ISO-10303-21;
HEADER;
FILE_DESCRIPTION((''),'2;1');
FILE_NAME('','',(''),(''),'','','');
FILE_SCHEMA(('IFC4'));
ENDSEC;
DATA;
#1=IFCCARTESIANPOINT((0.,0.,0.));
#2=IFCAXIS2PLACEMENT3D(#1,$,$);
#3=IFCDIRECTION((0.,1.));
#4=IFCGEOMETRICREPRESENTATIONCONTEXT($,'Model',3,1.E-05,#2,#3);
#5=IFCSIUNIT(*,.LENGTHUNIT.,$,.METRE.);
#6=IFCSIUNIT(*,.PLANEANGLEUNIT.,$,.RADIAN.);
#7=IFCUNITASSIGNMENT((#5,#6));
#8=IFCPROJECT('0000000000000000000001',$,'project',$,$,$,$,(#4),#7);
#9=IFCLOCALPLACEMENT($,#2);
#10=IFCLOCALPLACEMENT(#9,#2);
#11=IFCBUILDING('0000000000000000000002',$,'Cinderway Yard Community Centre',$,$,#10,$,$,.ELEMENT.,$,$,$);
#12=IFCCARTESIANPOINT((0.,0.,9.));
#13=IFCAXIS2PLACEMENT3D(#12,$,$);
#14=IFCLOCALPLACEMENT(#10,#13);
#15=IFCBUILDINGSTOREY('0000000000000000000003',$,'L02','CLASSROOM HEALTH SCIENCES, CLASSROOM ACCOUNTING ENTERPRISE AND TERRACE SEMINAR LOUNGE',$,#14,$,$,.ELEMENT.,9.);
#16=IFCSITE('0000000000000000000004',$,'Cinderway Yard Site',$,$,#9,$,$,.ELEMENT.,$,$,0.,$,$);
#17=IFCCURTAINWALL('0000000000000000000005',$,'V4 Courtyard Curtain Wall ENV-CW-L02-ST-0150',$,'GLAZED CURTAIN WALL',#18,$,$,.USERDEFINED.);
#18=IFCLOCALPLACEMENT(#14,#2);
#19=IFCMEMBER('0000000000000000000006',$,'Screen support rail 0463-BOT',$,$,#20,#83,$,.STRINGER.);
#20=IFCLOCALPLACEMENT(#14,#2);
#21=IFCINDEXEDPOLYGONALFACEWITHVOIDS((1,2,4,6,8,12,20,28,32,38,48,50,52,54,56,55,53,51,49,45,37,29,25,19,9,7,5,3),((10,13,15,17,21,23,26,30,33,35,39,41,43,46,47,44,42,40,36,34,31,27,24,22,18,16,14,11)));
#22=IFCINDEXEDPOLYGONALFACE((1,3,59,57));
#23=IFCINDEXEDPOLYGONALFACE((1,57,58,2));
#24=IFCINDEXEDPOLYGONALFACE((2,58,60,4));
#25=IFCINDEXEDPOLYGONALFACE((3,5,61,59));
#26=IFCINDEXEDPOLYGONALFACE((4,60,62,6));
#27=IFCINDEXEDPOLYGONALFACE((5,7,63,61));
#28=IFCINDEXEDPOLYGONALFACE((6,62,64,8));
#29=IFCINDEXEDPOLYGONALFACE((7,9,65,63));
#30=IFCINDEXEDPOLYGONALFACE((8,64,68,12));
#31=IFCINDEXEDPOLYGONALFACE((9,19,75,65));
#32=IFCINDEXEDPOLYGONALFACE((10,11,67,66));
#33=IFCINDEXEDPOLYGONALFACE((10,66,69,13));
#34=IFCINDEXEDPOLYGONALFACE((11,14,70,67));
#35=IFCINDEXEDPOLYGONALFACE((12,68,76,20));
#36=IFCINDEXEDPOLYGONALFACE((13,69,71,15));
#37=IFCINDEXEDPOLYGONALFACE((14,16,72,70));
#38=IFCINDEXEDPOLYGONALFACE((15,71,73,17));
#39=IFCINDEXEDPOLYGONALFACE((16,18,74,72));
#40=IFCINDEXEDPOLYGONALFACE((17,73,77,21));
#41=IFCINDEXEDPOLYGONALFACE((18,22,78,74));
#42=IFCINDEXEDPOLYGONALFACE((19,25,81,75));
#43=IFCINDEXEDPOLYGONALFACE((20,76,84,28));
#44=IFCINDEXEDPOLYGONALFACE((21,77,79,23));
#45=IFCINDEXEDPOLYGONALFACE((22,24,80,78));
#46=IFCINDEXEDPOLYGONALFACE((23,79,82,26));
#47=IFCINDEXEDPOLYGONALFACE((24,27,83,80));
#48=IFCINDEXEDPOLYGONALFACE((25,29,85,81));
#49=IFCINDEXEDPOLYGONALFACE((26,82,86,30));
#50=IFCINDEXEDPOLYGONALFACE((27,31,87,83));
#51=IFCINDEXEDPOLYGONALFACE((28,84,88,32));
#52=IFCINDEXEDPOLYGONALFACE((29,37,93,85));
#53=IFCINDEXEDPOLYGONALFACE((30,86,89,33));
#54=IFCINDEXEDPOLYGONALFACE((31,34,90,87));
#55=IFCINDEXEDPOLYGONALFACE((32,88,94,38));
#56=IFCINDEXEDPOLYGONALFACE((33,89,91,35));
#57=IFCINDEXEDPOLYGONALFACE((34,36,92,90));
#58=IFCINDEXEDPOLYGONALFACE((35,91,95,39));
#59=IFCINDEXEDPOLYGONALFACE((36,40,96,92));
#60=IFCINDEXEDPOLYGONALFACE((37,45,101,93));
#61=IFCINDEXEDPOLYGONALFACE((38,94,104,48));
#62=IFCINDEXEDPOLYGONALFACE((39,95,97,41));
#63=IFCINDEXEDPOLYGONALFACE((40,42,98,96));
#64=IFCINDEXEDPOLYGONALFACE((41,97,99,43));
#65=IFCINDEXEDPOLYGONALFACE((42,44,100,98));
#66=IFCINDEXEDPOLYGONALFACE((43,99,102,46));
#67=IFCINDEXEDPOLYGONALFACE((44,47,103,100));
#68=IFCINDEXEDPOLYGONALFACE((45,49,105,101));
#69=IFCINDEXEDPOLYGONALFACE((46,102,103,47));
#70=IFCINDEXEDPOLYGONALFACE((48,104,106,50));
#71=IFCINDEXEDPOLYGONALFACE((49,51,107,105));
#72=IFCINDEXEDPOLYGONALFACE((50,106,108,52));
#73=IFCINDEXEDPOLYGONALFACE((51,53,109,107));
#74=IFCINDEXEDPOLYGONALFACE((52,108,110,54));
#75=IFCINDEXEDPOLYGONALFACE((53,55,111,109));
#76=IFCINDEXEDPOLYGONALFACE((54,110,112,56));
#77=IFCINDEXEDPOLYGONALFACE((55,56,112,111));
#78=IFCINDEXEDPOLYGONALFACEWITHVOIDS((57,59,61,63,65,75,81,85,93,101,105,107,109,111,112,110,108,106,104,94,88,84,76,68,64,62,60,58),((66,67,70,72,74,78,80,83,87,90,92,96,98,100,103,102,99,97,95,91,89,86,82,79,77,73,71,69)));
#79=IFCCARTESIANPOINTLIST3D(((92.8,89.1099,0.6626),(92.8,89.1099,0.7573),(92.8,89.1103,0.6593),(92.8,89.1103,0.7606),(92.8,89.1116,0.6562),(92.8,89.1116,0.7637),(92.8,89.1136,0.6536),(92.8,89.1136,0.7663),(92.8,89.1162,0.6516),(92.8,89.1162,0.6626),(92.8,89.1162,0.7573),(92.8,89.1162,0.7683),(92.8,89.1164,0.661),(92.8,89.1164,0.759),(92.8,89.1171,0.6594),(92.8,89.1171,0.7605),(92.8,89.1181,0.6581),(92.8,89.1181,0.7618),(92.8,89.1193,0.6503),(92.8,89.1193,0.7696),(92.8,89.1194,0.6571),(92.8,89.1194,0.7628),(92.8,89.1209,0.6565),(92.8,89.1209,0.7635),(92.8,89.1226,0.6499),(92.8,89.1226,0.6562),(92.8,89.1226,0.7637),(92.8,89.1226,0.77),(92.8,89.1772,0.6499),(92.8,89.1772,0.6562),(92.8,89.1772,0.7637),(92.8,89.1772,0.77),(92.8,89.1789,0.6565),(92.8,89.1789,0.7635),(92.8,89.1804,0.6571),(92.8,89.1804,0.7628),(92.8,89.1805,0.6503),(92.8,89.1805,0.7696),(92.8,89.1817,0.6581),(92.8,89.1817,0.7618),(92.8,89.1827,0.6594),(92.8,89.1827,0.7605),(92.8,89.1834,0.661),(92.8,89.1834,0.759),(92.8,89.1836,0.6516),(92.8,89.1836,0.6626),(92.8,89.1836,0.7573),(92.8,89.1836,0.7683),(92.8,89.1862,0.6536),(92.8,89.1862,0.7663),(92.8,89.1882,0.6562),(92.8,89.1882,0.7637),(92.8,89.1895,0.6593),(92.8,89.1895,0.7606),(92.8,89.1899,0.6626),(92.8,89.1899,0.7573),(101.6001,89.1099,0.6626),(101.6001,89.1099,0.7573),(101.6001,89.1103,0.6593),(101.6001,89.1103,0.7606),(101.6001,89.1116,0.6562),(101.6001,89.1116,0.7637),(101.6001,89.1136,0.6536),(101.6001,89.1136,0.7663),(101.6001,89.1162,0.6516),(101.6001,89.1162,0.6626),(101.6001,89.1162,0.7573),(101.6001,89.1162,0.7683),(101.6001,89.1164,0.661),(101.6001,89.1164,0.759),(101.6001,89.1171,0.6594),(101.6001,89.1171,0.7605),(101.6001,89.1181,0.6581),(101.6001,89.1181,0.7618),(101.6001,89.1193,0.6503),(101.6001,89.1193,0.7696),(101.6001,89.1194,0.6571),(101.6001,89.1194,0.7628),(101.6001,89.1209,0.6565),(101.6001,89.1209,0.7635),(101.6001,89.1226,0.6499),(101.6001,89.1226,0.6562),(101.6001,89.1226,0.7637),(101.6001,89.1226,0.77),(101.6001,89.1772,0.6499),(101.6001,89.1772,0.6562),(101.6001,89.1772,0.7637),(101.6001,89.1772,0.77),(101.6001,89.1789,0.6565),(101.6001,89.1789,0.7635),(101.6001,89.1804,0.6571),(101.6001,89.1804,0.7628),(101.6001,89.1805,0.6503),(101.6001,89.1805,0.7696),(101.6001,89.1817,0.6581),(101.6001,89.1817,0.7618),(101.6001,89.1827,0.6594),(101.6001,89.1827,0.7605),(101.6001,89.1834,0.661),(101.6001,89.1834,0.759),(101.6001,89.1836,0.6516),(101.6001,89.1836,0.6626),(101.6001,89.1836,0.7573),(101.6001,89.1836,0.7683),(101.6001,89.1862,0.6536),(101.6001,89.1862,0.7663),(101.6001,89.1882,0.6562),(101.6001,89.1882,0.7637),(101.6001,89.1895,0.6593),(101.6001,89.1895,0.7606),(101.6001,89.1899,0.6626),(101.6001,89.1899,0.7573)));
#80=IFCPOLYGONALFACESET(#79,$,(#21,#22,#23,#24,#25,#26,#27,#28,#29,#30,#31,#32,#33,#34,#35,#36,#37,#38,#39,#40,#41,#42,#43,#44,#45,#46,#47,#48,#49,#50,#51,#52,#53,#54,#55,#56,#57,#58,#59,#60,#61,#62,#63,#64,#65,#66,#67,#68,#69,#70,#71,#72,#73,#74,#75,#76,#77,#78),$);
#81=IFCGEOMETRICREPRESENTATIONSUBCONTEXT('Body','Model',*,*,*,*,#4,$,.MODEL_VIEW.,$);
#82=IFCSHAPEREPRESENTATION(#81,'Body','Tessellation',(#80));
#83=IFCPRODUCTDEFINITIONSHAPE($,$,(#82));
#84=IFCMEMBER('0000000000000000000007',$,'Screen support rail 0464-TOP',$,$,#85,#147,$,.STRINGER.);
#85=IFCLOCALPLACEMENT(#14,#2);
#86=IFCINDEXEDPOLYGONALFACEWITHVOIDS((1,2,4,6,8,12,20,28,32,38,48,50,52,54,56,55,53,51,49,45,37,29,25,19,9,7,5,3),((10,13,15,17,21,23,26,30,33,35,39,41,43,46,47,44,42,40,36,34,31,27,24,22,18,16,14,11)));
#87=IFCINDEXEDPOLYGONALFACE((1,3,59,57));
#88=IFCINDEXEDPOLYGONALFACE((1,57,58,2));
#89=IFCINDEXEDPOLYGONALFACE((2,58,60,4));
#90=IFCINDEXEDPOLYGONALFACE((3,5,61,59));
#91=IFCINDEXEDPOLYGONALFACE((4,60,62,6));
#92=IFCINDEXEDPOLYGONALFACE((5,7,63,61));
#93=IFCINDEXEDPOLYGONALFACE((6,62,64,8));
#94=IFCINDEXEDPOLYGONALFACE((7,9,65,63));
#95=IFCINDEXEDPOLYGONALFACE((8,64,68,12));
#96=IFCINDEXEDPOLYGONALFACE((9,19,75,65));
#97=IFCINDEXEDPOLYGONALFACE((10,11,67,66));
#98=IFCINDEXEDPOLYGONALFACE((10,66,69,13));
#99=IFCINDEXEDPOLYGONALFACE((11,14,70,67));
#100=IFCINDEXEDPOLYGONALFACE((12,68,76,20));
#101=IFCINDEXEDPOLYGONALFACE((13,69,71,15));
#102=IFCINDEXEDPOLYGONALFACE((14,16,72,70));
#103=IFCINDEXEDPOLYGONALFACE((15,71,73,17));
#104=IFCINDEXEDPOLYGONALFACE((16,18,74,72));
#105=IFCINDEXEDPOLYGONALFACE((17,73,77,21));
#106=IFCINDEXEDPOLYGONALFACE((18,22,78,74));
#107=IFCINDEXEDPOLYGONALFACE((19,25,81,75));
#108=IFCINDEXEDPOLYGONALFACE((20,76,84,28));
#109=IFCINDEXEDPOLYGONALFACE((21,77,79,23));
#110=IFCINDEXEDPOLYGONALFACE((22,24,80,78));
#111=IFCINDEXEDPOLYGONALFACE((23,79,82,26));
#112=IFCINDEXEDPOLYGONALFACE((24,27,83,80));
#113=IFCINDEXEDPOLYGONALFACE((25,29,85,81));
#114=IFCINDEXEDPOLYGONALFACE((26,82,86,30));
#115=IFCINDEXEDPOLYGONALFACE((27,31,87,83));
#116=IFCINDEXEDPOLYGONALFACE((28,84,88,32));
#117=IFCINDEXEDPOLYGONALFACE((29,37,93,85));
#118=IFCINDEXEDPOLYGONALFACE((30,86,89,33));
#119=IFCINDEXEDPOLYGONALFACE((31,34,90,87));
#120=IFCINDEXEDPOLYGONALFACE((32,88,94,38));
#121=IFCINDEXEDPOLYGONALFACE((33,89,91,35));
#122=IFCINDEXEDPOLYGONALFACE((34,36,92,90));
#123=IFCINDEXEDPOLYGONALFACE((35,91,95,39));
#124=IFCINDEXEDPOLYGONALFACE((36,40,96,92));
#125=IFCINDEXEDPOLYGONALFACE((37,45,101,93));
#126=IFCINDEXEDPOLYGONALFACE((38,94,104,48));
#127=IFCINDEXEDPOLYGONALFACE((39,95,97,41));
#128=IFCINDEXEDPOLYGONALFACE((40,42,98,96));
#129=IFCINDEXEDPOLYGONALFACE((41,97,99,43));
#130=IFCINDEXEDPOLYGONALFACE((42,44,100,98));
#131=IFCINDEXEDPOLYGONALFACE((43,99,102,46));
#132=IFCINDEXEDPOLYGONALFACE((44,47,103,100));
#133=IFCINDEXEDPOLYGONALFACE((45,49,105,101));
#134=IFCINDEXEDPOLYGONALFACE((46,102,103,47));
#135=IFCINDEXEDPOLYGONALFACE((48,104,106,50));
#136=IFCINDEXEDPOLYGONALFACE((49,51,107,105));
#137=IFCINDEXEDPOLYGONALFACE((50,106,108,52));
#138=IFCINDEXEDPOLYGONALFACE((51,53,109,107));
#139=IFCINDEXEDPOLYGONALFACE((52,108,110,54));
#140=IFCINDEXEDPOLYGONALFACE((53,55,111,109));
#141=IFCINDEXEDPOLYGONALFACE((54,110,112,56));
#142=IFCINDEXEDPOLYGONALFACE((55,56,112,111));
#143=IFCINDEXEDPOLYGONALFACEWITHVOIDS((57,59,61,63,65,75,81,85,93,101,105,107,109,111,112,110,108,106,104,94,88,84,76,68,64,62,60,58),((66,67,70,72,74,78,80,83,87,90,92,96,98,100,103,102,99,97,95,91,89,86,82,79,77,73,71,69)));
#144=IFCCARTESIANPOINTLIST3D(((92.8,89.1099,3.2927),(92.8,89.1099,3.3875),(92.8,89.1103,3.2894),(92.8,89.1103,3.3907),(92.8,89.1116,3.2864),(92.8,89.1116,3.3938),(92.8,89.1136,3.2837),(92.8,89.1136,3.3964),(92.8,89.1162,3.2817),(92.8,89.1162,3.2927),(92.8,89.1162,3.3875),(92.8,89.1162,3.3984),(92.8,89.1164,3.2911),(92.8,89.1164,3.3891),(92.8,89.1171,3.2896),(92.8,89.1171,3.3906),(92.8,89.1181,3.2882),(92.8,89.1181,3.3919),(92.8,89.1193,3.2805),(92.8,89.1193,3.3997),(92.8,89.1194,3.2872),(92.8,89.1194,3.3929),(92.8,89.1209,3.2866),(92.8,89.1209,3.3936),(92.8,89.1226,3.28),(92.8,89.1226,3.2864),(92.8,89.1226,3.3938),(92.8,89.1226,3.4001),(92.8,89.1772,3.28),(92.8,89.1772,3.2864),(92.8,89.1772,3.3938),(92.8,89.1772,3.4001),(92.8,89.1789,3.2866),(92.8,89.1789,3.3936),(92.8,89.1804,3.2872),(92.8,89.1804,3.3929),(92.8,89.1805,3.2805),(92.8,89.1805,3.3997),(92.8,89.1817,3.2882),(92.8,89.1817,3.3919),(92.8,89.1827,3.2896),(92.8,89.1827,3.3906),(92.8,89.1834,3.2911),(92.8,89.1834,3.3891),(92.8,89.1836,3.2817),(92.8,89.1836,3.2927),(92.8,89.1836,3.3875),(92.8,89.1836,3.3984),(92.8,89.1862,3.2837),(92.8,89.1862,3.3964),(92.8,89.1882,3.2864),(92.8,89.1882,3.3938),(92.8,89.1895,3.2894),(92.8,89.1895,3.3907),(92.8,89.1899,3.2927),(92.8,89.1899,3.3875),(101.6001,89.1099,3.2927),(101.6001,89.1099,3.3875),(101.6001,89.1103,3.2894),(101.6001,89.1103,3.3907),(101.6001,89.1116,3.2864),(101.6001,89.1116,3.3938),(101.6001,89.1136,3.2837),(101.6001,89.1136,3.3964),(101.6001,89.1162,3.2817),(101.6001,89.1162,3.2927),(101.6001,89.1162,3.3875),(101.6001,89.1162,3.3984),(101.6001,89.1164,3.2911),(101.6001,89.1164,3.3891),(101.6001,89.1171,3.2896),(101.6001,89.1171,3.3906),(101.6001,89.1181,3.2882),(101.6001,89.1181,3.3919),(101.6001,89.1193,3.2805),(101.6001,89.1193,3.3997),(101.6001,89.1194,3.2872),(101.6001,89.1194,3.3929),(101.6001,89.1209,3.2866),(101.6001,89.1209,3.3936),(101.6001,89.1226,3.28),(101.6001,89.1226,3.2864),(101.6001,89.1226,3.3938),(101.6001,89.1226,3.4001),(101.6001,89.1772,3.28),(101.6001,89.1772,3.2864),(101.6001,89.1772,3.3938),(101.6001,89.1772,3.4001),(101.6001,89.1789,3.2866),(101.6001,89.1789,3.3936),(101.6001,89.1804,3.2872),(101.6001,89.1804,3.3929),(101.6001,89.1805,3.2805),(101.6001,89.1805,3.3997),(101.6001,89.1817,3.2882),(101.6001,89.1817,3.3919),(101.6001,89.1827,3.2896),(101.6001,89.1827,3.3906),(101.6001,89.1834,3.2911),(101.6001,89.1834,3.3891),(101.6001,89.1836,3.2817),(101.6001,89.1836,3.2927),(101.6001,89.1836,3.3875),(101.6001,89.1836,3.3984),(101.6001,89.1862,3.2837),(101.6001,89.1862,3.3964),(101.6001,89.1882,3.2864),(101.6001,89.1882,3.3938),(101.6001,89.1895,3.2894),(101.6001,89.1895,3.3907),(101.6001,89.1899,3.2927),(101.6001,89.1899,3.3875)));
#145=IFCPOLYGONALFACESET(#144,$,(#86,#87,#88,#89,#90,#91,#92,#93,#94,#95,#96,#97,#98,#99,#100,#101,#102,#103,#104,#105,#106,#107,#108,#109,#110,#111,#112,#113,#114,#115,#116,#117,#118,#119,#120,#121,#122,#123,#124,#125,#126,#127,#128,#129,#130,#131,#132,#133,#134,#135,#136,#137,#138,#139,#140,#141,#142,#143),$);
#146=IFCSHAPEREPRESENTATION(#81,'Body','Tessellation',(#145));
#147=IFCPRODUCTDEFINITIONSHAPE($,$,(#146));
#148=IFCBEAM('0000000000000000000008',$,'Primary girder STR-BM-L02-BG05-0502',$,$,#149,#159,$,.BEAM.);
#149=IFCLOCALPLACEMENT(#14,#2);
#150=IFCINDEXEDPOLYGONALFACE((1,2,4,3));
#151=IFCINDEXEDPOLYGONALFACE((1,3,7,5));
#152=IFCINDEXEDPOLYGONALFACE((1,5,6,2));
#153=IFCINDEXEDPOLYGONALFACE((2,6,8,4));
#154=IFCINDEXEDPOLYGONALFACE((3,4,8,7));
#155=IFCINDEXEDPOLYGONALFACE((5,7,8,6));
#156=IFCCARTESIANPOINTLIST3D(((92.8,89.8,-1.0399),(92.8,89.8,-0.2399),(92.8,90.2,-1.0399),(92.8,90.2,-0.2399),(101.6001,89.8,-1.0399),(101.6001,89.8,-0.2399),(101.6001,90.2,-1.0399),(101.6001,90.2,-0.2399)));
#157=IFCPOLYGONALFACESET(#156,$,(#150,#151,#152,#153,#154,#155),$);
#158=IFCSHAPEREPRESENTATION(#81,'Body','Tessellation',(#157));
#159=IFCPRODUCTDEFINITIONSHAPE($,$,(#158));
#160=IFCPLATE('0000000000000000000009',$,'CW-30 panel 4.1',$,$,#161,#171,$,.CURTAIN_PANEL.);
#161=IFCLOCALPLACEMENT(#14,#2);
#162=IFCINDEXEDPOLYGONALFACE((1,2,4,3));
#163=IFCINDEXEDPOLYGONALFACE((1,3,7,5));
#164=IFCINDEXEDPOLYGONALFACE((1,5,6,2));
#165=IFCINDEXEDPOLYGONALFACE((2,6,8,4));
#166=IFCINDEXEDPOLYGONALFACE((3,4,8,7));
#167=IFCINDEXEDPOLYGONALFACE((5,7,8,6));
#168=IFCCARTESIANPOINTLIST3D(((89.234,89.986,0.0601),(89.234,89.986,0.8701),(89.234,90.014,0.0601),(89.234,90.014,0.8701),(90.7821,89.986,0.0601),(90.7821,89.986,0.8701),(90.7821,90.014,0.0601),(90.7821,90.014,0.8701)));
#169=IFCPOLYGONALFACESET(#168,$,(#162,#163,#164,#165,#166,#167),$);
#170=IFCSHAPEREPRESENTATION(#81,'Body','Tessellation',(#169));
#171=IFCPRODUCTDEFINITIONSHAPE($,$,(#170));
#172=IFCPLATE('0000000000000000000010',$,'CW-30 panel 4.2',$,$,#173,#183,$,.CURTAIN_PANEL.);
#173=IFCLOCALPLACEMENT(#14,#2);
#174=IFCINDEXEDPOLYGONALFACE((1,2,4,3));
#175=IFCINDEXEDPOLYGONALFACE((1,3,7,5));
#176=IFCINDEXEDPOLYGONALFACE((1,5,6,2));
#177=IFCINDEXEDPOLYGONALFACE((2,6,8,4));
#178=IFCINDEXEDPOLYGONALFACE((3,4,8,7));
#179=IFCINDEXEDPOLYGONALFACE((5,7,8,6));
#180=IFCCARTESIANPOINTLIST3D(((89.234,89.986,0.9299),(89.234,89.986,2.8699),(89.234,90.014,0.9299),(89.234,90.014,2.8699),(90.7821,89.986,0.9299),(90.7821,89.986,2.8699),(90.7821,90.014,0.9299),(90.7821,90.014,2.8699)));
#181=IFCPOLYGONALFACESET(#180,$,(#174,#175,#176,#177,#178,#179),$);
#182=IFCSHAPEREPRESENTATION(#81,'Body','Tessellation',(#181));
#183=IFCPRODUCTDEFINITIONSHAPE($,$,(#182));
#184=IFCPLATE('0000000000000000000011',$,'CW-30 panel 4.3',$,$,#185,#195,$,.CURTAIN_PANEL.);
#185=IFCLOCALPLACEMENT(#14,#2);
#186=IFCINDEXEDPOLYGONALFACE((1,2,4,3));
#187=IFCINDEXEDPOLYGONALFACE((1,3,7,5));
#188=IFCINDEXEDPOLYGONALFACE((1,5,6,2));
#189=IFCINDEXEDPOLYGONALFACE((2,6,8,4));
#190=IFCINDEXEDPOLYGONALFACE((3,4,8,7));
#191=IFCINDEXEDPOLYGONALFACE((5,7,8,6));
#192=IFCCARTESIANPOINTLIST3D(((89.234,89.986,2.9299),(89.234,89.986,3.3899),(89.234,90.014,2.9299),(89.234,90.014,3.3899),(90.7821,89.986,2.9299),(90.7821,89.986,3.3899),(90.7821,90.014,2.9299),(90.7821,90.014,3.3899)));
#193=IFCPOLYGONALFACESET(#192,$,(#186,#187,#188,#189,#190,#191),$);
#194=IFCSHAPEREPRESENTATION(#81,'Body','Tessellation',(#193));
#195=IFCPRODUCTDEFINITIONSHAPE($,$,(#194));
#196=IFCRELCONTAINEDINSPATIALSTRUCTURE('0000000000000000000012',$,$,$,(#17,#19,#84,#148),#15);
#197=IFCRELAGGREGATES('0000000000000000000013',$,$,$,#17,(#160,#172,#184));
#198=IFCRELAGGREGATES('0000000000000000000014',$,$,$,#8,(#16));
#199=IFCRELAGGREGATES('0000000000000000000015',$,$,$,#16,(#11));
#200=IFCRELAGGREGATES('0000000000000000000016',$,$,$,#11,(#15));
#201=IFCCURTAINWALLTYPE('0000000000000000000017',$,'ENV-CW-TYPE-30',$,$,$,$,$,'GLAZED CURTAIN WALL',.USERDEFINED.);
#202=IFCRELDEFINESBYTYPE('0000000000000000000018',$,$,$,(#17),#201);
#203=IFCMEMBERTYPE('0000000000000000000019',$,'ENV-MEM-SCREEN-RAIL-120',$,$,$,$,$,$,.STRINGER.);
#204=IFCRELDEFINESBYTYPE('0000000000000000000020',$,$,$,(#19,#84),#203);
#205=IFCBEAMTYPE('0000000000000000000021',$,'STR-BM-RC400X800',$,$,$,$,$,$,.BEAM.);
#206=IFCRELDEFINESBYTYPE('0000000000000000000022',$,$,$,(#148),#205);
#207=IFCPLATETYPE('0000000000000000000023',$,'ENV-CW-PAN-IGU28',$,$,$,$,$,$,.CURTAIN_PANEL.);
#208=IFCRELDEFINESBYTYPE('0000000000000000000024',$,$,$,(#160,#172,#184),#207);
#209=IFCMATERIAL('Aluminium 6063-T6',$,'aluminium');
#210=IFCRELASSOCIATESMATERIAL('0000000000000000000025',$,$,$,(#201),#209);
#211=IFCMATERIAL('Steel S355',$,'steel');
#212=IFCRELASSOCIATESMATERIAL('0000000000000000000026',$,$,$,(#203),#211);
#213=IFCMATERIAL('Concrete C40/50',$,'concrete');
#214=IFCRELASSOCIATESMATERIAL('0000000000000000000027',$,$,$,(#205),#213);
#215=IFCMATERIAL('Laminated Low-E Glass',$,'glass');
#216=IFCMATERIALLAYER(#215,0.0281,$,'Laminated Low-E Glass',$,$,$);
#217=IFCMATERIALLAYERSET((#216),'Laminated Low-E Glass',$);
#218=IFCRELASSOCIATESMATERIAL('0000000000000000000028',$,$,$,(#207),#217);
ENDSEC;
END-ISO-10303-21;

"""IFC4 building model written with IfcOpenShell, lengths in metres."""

from ifc_helpers import new_model, si_unit, direction, frame, origin, origin_2d, place, context, subcontext, project, spatial, rectangle, hollow_rectangle, extrude, material, layer, layer_set, material_profile, profile_set, type_object, element, aggregate, save


model = new_model("IFC4")

# Units and contexts
model_context = context("Model", 3, precision=1e-05, world=origin(), true_north=direction((0.0, 1.0)))
body_context = subcontext(model_context, "Body", "Model", "MODEL_VIEW")
ifc_project = project(units=[si_unit("LENGTHUNIT", "METRE"), si_unit("PLANEANGLEUNIT", "RADIAN")], contexts=[model_context])

# Site, building, storey
site_placement = place(None, origin())
site = spatial("IfcSite", under=ifc_project, at=site_placement, Name="Cinderway Yard Site", CompositionType="ELEMENT", RefElevation=0.0)
building_placement = place(site_placement, origin())
building = spatial("IfcBuilding", under=site, at=building_placement, Name="Cinderway Yard Community Centre", CompositionType="ELEMENT")
storey_placement = place(building_placement, frame((0.0, 0.0, 9.0)))
storey = spatial("IfcBuildingStorey", under=building, at=storey_placement, Name="L02", Description="CLASSROOM HEALTH SCIENCES, CLASSROOM ACCOUNTING ENTERPRISE AND TERRACE SEMINAR LOUNGE", CompositionType="ELEMENT", Elevation=9.0)

# Shared definitions
ifc_material_1 = material(Name="Concrete C40/50", Category="concrete")

# Curtain wall
ifc_material_2 = material(Name="Aluminium 6063-T6", Category="aluminium")
curtain_wall_type = type_object("IfcCurtainWallType", Name="ENV-CW-TYPE-30", ElementType="GLAZED CURTAIN WALL", PredefinedType="USERDEFINED", material=ifc_material_2)
curtain_wall_placement = place(storey_placement, origin())
curtain_wall = element("IfcCurtainWall", 1, at=curtain_wall_placement, inside=storey, type_object=curtain_wall_type, Name="V4 Courtyard Curtain Wall ENV-CW-L02-ST-0150", ObjectType="GLAZED CURTAIN WALL", PredefinedType="USERDEFINED")

# Members
ifc_material_3 = material(Name="Steel S355", Category="steel")
ifc_material_profile_1 = material_profile(ifc_material_3, hollow_rectangle(XDim=0.0801, YDim=0.1201, WallThickness=0.0063, InnerFilletRadius=0.0063, OuterFilletRadius=0.0127, at=origin_2d()), Name="Steel S355")
ifc_profile_set_1 = profile_set([ifc_material_profile_1], Name="Steel S355")
member_type_1 = type_object("IfcMemberType", Name="ENV-MEM-SCREEN-RAIL-120", PredefinedType="STRINGER", material=ifc_profile_set_1)
for number, where, z_axis, x_axis, name in (
    (2, (92.8, 89.1499, 0.71), (1.0, 0.0, 0.0), (0.0, 1.0, 0.0), "Screen support rail 0463-BOT"),
    (3, (92.8, 89.1499, 3.3401), (1.0, 0.0, 0.0), (0.0, 1.0, 0.0), "Screen support rail 0464-TOP"),
):
    element("IfcMember", number, at=place(storey_placement, frame(where, z_axis=z_axis, x_axis=x_axis)), inside=storey, type_object=member_type_1, Name=name, PredefinedType="STRINGER", context=body_context, shape_type="SweptSolid", body=[
        extrude(hollow_rectangle(XDim=0.0801, YDim=0.1201, WallThickness=0.0063, InnerFilletRadius=0.0063, OuterFilletRadius=0.0127, at=origin_2d()), origin(), (0.0, 0.0, 1.0), 8.8),
    ])

# Beam
ifc_material_profile_2 = material_profile(ifc_material_1, rectangle(XDim=0.3999, YDim=0.8, at=origin_2d()), Name="Concrete C40/50")
ifc_profile_set_2 = profile_set([ifc_material_profile_2], Name="Concrete C40/50")
beam_type = type_object("IfcBeamType", Name="STR-BM-RC400X800", PredefinedType="BEAM", material=ifc_profile_set_2)
beam_placement = place(storey_placement, frame((92.8, 90.0, -0.6399), z_axis=(1.0, 0.0, 0.0), x_axis=(0.0, 1.0, 0.0)))
element("IfcBeam", 4, at=beam_placement, inside=storey, type_object=beam_type, Name="Primary girder STR-BM-L02-BG05-0502", PredefinedType="BEAM", context=body_context, shape_type="SweptSolid", body=[
    extrude(rectangle(XDim=0.3999, YDim=0.8, at=origin_2d()), origin(), (0.0, 0.0, 1.0), 8.8),
])

# Plates
ifc_material_4 = material(Name="Laminated Low-E Glass", Category="glass")
ifc_layer_1 = layer(ifc_material_4, 0.0281, Name="Laminated Low-E Glass")
ifc_layer_set_1 = layer_set([ifc_layer_1], Name="Laminated Low-E Glass")
plate_type = type_object("IfcPlateType", Name="ENV-CW-PAN-IGU28", PredefinedType="CURTAIN_PANEL", material=ifc_layer_set_1)
plate_1_placement = place(storey_placement, frame((90.0081, 90.0, 0.0601), z_axis=(0.0, 0.0, 1.0), x_axis=(1.0, 0.0, 0.0)))
plate_1 = element("IfcPlate", 5, at=plate_1_placement, type_object=plate_type, Name="CW-30 panel 4.1", PredefinedType="CURTAIN_PANEL", context=body_context, shape_type="SweptSolid", body=[
    extrude(rectangle(XDim=1.5481, YDim=0.0281, at=origin_2d()), origin(), (0.0, 0.0, 1.0), 0.8101),
])
plate_2_placement = place(storey_placement, frame((90.0081, 90.0, 0.9299), z_axis=(0.0, 0.0, 1.0), x_axis=(1.0, 0.0, 0.0)))
plate_2 = element("IfcPlate", 6, at=plate_2_placement, type_object=plate_type, Name="CW-30 panel 4.2", PredefinedType="CURTAIN_PANEL", context=body_context, shape_type="SweptSolid", body=[
    extrude(rectangle(XDim=1.5481, YDim=0.0281, at=origin_2d()), origin(), (0.0, 0.0, 1.0), 1.9399),
])
plate_3_placement = place(storey_placement, frame((90.0081, 90.0, 2.9299), z_axis=(0.0, 0.0, 1.0), x_axis=(1.0, 0.0, 0.0)))
plate_3 = element("IfcPlate", 7, at=plate_3_placement, type_object=plate_type, Name="CW-30 panel 4.3", PredefinedType="CURTAIN_PANEL", context=body_context, shape_type="SweptSolid", body=[
    extrude(rectangle(XDim=1.5481, YDim=0.0281, at=origin_2d()), origin(), (0.0, 0.0, 1.0), 0.46),
])
aggregate(curtain_wall, [plate_1, plate_2, plate_3])

save(model, "model.ifc")
